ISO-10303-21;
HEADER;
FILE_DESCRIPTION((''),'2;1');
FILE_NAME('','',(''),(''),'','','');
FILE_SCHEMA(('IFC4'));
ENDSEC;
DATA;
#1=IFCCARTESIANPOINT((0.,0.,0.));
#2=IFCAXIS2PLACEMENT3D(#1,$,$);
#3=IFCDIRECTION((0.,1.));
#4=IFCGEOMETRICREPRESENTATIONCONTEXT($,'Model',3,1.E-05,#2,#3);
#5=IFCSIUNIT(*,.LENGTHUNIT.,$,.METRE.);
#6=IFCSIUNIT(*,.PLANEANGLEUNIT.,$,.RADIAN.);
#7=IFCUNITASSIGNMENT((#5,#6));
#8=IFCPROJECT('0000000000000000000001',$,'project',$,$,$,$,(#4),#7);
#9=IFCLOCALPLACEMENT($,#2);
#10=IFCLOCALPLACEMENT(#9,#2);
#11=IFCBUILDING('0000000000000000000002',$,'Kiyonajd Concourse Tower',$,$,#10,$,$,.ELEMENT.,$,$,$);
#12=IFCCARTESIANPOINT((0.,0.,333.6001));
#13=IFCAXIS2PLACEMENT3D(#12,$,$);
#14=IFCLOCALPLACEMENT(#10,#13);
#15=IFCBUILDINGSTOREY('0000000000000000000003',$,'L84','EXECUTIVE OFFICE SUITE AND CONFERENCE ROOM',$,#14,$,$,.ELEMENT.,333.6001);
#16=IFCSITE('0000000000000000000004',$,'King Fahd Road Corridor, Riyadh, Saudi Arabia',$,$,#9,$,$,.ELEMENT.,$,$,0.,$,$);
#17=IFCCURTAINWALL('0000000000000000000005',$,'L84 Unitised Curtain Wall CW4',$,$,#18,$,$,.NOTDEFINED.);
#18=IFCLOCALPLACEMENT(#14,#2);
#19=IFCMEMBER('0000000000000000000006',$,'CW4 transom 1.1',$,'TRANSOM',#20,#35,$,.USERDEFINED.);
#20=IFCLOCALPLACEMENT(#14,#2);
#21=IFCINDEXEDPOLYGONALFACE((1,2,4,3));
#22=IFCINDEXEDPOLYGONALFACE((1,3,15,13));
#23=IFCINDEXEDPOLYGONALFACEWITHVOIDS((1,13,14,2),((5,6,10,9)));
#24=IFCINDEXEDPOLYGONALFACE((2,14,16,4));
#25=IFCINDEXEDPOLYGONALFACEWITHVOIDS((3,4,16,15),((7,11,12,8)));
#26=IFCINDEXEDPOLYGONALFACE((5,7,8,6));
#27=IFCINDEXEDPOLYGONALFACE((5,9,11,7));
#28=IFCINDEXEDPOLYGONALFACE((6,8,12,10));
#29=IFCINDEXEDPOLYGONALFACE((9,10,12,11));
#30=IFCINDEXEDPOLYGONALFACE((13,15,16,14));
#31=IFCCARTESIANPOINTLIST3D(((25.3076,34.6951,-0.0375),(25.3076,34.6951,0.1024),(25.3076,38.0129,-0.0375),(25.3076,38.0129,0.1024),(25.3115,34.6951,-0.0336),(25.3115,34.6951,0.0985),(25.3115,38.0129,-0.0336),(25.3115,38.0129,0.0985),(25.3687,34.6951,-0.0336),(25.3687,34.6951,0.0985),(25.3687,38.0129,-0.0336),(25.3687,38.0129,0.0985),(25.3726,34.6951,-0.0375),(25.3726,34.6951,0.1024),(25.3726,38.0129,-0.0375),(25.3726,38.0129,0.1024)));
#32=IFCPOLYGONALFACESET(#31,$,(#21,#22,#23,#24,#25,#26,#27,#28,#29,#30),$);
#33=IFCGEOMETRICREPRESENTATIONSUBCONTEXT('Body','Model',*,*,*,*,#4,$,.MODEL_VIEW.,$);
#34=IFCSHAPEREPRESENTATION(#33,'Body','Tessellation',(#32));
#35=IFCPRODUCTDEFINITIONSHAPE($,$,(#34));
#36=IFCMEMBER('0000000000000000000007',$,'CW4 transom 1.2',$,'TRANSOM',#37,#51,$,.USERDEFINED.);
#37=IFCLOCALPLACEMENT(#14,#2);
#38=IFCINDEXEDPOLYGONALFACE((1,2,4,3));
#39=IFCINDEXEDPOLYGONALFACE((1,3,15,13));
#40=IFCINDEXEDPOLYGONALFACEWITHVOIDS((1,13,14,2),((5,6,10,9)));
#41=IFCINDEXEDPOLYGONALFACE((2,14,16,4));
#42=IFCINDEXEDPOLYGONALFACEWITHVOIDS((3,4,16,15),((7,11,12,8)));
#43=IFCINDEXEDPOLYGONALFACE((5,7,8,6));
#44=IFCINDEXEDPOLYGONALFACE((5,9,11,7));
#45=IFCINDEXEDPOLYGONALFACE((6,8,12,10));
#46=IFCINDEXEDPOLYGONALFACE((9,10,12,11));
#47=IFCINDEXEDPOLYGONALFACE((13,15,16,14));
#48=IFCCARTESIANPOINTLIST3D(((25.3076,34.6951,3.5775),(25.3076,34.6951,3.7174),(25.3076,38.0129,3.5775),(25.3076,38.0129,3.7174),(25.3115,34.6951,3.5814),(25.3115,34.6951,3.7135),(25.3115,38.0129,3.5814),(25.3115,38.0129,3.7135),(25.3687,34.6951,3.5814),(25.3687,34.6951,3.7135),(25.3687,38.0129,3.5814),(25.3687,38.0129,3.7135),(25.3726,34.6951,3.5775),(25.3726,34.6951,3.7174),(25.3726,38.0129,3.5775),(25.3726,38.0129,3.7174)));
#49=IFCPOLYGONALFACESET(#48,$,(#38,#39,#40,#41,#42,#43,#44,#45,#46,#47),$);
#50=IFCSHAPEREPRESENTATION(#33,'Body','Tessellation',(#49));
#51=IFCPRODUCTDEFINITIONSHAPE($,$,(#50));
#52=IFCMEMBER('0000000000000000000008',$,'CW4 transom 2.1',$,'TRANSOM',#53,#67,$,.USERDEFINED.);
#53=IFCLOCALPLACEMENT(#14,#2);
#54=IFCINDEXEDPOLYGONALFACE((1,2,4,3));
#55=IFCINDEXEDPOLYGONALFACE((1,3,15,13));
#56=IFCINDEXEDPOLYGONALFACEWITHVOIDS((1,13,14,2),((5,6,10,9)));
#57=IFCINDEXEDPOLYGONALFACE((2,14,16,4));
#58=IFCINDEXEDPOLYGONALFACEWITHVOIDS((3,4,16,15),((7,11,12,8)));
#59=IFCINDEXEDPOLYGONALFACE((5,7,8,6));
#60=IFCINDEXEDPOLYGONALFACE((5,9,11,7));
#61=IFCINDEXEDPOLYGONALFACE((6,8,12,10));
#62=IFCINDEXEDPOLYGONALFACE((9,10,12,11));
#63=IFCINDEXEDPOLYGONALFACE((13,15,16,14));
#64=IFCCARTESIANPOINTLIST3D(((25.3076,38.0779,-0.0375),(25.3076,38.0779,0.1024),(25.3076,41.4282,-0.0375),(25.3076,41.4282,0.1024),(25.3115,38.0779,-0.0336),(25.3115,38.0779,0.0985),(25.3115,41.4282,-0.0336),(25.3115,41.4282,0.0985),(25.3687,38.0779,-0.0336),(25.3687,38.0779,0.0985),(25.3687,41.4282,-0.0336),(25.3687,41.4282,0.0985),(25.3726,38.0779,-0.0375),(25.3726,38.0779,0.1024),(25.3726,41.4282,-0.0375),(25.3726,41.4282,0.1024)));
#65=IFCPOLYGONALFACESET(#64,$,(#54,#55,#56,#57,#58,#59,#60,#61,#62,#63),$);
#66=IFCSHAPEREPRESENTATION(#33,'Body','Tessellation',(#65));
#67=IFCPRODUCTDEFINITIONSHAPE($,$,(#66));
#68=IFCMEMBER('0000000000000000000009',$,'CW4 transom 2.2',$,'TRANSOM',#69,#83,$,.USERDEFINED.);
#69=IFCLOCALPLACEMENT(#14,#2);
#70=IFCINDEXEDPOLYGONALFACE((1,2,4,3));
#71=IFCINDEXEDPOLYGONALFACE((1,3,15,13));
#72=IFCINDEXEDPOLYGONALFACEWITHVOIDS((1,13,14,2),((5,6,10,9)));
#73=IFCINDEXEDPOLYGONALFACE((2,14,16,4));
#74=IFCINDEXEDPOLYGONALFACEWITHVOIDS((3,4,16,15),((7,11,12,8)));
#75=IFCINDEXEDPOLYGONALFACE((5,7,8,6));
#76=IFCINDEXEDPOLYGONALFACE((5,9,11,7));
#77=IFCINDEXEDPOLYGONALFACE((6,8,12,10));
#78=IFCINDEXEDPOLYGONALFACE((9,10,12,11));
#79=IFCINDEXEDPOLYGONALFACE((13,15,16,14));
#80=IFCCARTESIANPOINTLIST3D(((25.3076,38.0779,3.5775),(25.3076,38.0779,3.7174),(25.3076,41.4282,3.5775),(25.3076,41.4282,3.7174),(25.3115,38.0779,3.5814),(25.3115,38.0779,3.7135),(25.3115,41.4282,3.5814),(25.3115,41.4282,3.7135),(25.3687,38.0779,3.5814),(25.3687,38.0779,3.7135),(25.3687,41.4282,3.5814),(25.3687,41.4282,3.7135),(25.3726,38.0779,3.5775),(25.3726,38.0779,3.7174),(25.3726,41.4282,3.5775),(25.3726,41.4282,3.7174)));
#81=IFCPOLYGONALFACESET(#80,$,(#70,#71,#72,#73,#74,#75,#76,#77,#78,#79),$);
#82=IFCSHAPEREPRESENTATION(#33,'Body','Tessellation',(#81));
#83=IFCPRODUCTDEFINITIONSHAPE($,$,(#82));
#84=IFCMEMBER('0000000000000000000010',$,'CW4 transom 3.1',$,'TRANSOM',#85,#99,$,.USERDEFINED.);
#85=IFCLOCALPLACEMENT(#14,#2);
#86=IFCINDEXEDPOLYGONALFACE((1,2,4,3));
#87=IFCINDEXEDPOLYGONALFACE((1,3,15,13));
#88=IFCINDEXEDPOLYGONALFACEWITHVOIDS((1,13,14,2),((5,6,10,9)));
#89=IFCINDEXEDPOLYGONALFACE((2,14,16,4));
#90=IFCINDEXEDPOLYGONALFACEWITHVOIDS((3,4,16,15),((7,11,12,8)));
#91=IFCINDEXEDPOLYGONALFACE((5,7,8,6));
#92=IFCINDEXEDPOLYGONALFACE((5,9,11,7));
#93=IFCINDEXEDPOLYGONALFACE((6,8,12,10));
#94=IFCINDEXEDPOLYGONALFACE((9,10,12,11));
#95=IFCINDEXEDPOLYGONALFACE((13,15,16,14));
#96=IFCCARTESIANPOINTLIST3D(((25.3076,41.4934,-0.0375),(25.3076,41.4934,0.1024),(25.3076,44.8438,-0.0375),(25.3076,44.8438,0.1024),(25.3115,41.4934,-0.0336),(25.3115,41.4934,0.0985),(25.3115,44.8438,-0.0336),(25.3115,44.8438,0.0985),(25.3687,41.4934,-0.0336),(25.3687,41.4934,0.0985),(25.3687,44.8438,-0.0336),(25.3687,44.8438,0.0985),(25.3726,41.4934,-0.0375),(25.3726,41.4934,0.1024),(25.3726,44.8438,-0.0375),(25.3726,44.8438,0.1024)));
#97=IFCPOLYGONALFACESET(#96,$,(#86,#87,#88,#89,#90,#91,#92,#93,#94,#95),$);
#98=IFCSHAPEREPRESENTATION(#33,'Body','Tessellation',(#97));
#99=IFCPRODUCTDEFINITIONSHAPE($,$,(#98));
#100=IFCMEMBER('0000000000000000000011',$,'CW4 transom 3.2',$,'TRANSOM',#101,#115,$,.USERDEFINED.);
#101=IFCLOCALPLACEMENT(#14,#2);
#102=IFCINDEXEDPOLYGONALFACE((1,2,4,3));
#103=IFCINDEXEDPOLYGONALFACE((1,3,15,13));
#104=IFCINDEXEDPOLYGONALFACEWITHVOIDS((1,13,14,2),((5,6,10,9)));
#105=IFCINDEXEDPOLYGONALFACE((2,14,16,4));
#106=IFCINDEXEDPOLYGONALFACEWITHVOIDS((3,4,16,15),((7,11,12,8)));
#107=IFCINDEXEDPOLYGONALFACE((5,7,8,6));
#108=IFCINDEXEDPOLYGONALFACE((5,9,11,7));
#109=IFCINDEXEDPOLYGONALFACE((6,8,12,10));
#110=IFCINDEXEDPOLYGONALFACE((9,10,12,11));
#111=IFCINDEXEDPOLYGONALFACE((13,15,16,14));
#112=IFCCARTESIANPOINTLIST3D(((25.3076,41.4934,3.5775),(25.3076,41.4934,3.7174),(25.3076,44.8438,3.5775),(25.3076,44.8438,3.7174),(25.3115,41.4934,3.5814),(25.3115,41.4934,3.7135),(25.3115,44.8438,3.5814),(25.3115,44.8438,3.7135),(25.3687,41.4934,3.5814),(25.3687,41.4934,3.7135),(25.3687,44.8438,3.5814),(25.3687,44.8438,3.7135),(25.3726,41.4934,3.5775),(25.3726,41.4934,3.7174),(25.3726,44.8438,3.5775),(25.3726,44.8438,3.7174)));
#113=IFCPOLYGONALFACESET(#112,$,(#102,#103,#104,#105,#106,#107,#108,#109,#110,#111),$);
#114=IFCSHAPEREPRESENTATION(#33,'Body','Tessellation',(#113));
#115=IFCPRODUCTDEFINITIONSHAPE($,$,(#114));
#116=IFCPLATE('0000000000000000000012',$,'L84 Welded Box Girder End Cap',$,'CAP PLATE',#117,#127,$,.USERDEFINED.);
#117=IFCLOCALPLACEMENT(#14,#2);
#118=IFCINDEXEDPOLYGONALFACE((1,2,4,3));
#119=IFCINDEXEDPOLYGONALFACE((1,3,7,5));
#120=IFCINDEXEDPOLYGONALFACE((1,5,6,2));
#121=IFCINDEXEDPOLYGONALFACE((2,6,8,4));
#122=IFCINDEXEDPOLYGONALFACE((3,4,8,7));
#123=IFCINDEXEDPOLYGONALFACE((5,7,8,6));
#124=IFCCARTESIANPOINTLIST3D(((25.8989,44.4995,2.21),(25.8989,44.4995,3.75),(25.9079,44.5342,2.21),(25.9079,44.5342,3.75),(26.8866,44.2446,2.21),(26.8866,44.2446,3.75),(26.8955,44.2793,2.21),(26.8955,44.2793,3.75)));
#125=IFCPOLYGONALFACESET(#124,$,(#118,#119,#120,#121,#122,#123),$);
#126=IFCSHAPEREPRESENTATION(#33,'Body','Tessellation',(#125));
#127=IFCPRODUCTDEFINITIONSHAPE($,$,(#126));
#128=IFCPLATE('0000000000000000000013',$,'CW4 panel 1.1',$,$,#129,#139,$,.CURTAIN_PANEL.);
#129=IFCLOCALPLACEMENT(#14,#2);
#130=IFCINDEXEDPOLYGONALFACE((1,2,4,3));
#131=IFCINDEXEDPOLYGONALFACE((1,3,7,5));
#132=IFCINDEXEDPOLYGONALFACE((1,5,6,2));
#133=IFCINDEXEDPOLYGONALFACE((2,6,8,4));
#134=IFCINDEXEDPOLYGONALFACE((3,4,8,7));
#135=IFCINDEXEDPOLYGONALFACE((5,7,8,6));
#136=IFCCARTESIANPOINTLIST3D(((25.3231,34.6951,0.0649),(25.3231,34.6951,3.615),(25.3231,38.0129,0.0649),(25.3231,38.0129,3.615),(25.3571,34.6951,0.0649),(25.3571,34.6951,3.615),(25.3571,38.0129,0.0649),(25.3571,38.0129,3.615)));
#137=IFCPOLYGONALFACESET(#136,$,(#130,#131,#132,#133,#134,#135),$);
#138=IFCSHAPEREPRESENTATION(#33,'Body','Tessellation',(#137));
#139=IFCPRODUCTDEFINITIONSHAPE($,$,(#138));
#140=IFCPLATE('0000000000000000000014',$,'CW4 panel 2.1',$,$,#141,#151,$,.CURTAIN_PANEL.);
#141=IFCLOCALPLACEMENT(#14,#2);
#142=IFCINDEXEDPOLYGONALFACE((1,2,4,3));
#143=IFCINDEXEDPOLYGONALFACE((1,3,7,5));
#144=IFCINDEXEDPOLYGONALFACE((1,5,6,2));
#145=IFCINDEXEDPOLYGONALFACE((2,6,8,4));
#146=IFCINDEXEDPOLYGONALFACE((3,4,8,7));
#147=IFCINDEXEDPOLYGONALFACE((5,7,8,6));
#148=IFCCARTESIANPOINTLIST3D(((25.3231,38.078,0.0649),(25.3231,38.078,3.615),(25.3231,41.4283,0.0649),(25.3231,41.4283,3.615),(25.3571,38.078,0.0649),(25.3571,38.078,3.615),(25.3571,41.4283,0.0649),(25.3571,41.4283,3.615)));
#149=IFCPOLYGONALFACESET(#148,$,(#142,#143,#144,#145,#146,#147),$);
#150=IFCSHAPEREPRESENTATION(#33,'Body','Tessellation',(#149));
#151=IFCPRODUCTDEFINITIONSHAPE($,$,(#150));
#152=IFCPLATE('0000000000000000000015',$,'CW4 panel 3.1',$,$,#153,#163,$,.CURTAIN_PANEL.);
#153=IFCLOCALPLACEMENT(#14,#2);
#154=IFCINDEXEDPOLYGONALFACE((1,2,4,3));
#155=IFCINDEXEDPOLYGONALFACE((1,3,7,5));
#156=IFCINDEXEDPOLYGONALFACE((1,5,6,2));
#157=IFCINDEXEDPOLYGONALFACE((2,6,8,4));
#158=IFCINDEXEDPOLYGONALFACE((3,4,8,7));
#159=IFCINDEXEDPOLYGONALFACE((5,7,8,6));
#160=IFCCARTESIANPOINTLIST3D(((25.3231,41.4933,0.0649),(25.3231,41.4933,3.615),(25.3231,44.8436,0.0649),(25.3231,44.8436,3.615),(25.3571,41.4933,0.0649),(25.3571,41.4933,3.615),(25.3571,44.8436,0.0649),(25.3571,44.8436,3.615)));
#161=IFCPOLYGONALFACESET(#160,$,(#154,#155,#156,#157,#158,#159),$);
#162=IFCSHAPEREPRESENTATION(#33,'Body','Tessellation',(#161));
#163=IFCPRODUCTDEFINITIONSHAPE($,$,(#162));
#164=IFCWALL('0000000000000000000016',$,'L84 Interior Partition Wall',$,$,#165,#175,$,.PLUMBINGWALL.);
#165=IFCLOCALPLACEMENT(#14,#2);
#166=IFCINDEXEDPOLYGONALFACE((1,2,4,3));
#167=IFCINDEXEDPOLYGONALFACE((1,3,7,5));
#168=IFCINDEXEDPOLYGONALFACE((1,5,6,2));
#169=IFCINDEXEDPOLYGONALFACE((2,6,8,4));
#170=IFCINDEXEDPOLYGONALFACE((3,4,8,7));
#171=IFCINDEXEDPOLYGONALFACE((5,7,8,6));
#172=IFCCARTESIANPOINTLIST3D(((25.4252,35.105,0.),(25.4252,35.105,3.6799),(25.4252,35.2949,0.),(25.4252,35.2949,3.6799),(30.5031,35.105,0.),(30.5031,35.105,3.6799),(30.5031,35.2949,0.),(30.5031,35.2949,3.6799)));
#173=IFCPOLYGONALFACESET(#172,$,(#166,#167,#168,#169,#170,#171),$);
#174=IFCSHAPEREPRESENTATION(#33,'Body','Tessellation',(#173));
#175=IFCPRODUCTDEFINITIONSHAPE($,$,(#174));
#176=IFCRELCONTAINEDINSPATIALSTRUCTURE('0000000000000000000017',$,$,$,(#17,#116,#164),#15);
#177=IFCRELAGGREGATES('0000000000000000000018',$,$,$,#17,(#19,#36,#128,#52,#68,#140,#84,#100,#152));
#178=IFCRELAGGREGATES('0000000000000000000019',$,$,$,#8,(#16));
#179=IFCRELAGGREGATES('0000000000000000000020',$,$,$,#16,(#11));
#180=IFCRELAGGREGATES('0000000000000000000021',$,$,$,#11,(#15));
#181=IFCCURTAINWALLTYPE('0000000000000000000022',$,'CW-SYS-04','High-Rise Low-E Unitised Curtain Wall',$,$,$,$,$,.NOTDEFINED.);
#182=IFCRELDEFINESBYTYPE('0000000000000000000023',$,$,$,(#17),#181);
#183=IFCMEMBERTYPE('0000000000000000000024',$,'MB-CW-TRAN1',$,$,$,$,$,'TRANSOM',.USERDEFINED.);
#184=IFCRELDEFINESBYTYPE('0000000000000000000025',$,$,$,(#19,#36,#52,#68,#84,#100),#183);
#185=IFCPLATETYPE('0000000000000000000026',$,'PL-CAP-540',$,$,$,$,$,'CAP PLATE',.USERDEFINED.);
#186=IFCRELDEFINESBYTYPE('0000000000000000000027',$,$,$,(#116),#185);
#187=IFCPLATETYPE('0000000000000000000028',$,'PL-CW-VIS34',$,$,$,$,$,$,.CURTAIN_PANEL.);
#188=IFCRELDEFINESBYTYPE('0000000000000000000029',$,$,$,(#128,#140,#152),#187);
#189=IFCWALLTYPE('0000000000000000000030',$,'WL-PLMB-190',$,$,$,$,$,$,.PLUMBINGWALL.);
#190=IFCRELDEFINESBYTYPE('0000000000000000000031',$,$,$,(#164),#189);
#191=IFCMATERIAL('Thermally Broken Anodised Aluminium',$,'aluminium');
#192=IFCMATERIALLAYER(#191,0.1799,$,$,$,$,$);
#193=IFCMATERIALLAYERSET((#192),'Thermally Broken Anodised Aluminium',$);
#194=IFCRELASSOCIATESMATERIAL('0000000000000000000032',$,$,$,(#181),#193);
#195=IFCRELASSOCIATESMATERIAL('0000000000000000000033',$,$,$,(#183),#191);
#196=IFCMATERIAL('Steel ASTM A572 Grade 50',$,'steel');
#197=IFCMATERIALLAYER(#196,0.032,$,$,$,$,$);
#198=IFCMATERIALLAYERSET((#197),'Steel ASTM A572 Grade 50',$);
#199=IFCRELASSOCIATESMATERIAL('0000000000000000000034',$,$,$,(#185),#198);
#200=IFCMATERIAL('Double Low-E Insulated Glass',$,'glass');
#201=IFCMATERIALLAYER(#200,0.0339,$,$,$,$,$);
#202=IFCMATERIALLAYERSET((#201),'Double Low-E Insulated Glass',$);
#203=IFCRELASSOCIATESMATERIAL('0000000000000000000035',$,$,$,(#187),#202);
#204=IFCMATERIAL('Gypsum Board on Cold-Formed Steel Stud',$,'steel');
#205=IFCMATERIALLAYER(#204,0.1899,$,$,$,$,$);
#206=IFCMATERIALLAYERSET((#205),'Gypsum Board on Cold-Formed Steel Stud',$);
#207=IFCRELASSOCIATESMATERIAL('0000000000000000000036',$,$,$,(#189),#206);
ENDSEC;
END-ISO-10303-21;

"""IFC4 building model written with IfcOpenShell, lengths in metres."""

from ifc_helpers import new_model, si_unit, direction, frame, frame_2d, origin, origin_2d, place, context, subcontext, project, spatial, rectangle, hollow_rectangle, extrude, material, layer, layer_set, material_profile, profile_set, type_object, element, aggregate, save


model = new_model("IFC4")

# Units and contexts
model_context = context("Model", 3, precision=1e-05, world=origin(), true_north=direction((0.0, 1.0)))
body_context = subcontext(model_context, "Body", "Model", "MODEL_VIEW")
ifc_project = project(units=[si_unit("LENGTHUNIT", "METRE"), si_unit("PLANEANGLEUNIT", "RADIAN")], contexts=[model_context])

# Site, building, storey
site_placement = place(None, origin())
site = spatial("IfcSite", under=ifc_project, at=site_placement, Name="King Fahd Road Corridor, Riyadh, Saudi Arabia", CompositionType="ELEMENT", RefElevation=0.0)
building_placement = place(site_placement, origin())
building = spatial("IfcBuilding", under=site, at=building_placement, Name="Kiyonajd Concourse Tower", CompositionType="ELEMENT")
storey_placement = place(building_placement, frame((0.0, 0.0, 333.6001)))
storey = spatial("IfcBuildingStorey", under=building, at=storey_placement, Name="L84", Description="EXECUTIVE OFFICE SUITE AND CONFERENCE ROOM", CompositionType="ELEMENT", Elevation=333.6001)

# Curtain wall, members
ifc_material_1 = material(Name="Thermally Broken Anodised Aluminium", Category="aluminium")
ifc_layer_1 = layer(ifc_material_1, 0.1799)
ifc_layer_set_1 = layer_set([ifc_layer_1], Name="Thermally Broken Anodised Aluminium")
curtain_wall_type = type_object("IfcCurtainWallType", Name="CW-SYS-04", Description="High-Rise Low-E Unitised Curtain Wall", PredefinedType="NOTDEFINED", material=ifc_layer_set_1)
curtain_wall_placement = place(storey_placement, origin())
curtain_wall = element("IfcCurtainWall", 1, at=curtain_wall_placement, inside=storey, type_object=curtain_wall_type, Name="L84 Unitised Curtain Wall CW4", PredefinedType="NOTDEFINED")
ifc_material_profile_1 = material_profile(ifc_material_1, hollow_rectangle(XDim=0.0649, YDim=0.1399, WallThickness=0.0039, at=origin_2d()), Name="TRAN-65x140")
ifc_profile_set_1 = profile_set([ifc_material_profile_1], Name="Thermally Broken Anodised Aluminium")
member_type_1 = type_object("IfcMemberType", Name="MB-CW-TRAN1", ElementType="TRANSOM", PredefinedType="USERDEFINED", material=ifc_profile_set_1)
member_1_placement = place(storey_placement, frame((25.3401, 34.6951, 0.0325), z_axis=(0.0, 1.0, 0.0), x_axis=(-1.0, 0.0, 0.0)))
member_1 = element("IfcMember", 2, at=member_1_placement, type_object=member_type_1, Name="CW4 transom 1.1", ObjectType="TRANSOM", PredefinedType="USERDEFINED", context=body_context, shape_type="SweptSolid", body=[
    extrude(hollow_rectangle(XDim=0.0649, YDim=0.1399, WallThickness=0.0039, at=origin_2d()), origin(), (0.0, 0.0, 1.0), 3.3179),
])
member_2_placement = place(storey_placement, frame((25.3401, 34.6951, 3.6475), z_axis=(0.0, 1.0, 0.0), x_axis=(-1.0, 0.0, 0.0)))
member_2 = element("IfcMember", 3, at=member_2_placement, type_object=member_type_1, Name="CW4 transom 1.2", ObjectType="TRANSOM", PredefinedType="USERDEFINED", context=body_context, shape_type="SweptSolid", body=[
    extrude(hollow_rectangle(XDim=0.0649, YDim=0.1399, WallThickness=0.0039, at=origin_2d()), origin(), (0.0, 0.0, 1.0), 3.3179),
])
member_3_placement = place(storey_placement, frame((25.3401, 38.0779, 0.0325), z_axis=(0.0, 1.0, 0.0), x_axis=(-1.0, 0.0, 0.0)))
member_3 = element("IfcMember", 4, at=member_3_placement, type_object=member_type_1, Name="CW4 transom 2.1", ObjectType="TRANSOM", PredefinedType="USERDEFINED", context=body_context, shape_type="SweptSolid", body=[
    extrude(hollow_rectangle(XDim=0.0649, YDim=0.1399, WallThickness=0.0039, at=origin_2d()), origin(), (0.0, 0.0, 1.0), 3.3503),
])
member_4_placement = place(storey_placement, frame((25.3401, 38.0779, 3.6475), z_axis=(0.0, 1.0, 0.0), x_axis=(-1.0, 0.0, 0.0)))
member_4 = element("IfcMember", 5, at=member_4_placement, type_object=member_type_1, Name="CW4 transom 2.2", ObjectType="TRANSOM", PredefinedType="USERDEFINED", context=body_context, shape_type="SweptSolid", body=[
    extrude(hollow_rectangle(XDim=0.0649, YDim=0.1399, WallThickness=0.0039, at=origin_2d()), origin(), (0.0, 0.0, 1.0), 3.3503),
])
member_5_placement = place(storey_placement, frame((25.3401, 41.4934, 0.0325), z_axis=(0.0, 1.0, 0.0), x_axis=(-1.0, 0.0, 0.0)))
member_5 = element("IfcMember", 6, at=member_5_placement, type_object=member_type_1, Name="CW4 transom 3.1", ObjectType="TRANSOM", PredefinedType="USERDEFINED", context=body_context, shape_type="SweptSolid", body=[
    extrude(hollow_rectangle(XDim=0.0649, YDim=0.1399, WallThickness=0.0039, at=origin_2d()), origin(), (0.0, 0.0, 1.0), 3.3503),
])
member_6_placement = place(storey_placement, frame((25.3401, 41.4934, 3.6475), z_axis=(0.0, 1.0, 0.0), x_axis=(-1.0, 0.0, 0.0)))
member_6 = element("IfcMember", 7, at=member_6_placement, type_object=member_type_1, Name="CW4 transom 3.2", ObjectType="TRANSOM", PredefinedType="USERDEFINED", context=body_context, shape_type="SweptSolid", body=[
    extrude(hollow_rectangle(XDim=0.0649, YDim=0.1399, WallThickness=0.0039, at=origin_2d()), origin(), (0.0, 0.0, 1.0), 3.3503),
])

# Plates
ifc_material_2 = material(Name="Steel ASTM A572 Grade 50", Category="steel")
ifc_layer_2 = layer(ifc_material_2, 0.032)
ifc_layer_set_2 = layer_set([ifc_layer_2], Name="Steel ASTM A572 Grade 50")
plate_type_1 = type_object("IfcPlateType", Name="PL-CAP-540", ElementType="CAP PLATE", PredefinedType="USERDEFINED", material=ifc_layer_set_2)
plate_1_placement = place(storey_placement, frame((26.3972, 44.3894, 2.21), z_axis=(0.0, 0.0, 1.0), x_axis=(-0.249873, -0.968279, 0.0)))
element("IfcPlate", 8, at=plate_1_placement, inside=storey, type_object=plate_type_1, Name="L84 Welded Box Girder End Cap", ObjectType="CAP PLATE", PredefinedType="USERDEFINED", context=body_context, shape_type="SweptSolid", body=[
    extrude(rectangle(XDim=0.0359, YDim=1.02, at=origin_2d()), origin(), (0.0, 0.0, 1.0), 1.54),
])
ifc_material_3 = material(Name="Double Low-E Insulated Glass", Category="glass")
ifc_layer_3 = layer(ifc_material_3, 0.0339)
ifc_layer_set_3 = layer_set([ifc_layer_3], Name="Double Low-E Insulated Glass")
plate_type_2 = type_object("IfcPlateType", Name="PL-CW-VIS34", PredefinedType="CURTAIN_PANEL", material=ifc_layer_set_3)
plate_2_placement = place(storey_placement, frame((25.3401, 36.354, 0.0649), z_axis=(0.0, 0.0, 1.0), x_axis=(0.0, 1.0, 0.0)))
plate_2 = element("IfcPlate", 9, at=plate_2_placement, type_object=plate_type_2, Name="CW4 panel 1.1", PredefinedType="CURTAIN_PANEL", context=body_context, shape_type="SweptSolid", body=[
    extrude(rectangle(XDim=3.3179, YDim=0.0339, at=origin_2d()), origin(), (0.0, 0.0, 1.0), 3.55),
])
plate_3_placement = place(storey_placement, frame((25.3401, 39.7532, 0.0649), z_axis=(0.0, 0.0, 1.0), x_axis=(0.0, 1.0, 0.0)))
plate_3 = element("IfcPlate", 10, at=plate_3_placement, type_object=plate_type_2, Name="CW4 panel 2.1", PredefinedType="CURTAIN_PANEL", context=body_context, shape_type="SweptSolid", body=[
    extrude(rectangle(XDim=3.3503, YDim=0.0339, at=origin_2d()), origin(), (0.0, 0.0, 1.0), 3.55),
])
plate_4_placement = place(storey_placement, frame((25.3401, 43.1685, 0.0649), z_axis=(0.0, 0.0, 1.0), x_axis=(0.0, 1.0, 0.0)))
plate_4 = element("IfcPlate", 11, at=plate_4_placement, type_object=plate_type_2, Name="CW4 panel 3.1", PredefinedType="CURTAIN_PANEL", context=body_context, shape_type="SweptSolid", body=[
    extrude(rectangle(XDim=3.3503, YDim=0.0339, at=origin_2d()), origin(), (0.0, 0.0, 1.0), 3.55),
])
aggregate(curtain_wall, [member_1, member_2, plate_2, member_3, member_4, plate_3, member_5, member_6, plate_4])

# Wall
ifc_material_4 = material(Name="Gypsum Board on Cold-Formed Steel Stud", Category="steel")
ifc_layer_4 = layer(ifc_material_4, 0.1899)
ifc_layer_set_4 = layer_set([ifc_layer_4], Name="Gypsum Board on Cold-Formed Steel Stud")
wall_type = type_object("IfcWallType", Name="WL-PLMB-190", PredefinedType="PLUMBINGWALL", material=ifc_layer_set_4)
wall_placement = place(storey_placement, frame((25.425, 35.2, 0.0), z_axis=(0.0, 0.0, 1.0), x_axis=(1.0, 0.0, 0.0)))
element("IfcWall", 12, at=wall_placement, inside=storey, type_object=wall_type, Name="L84 Interior Partition Wall", PredefinedType="PLUMBINGWALL", context=body_context, shape_type="SweptSolid", body=[
    extrude(rectangle(XDim=5.0779, YDim=0.1899, at=frame_2d((2.5391, 0.0))), origin(), (0.0, 0.0, 1.0), 3.6799),
])

save(model, "model.ifc")
